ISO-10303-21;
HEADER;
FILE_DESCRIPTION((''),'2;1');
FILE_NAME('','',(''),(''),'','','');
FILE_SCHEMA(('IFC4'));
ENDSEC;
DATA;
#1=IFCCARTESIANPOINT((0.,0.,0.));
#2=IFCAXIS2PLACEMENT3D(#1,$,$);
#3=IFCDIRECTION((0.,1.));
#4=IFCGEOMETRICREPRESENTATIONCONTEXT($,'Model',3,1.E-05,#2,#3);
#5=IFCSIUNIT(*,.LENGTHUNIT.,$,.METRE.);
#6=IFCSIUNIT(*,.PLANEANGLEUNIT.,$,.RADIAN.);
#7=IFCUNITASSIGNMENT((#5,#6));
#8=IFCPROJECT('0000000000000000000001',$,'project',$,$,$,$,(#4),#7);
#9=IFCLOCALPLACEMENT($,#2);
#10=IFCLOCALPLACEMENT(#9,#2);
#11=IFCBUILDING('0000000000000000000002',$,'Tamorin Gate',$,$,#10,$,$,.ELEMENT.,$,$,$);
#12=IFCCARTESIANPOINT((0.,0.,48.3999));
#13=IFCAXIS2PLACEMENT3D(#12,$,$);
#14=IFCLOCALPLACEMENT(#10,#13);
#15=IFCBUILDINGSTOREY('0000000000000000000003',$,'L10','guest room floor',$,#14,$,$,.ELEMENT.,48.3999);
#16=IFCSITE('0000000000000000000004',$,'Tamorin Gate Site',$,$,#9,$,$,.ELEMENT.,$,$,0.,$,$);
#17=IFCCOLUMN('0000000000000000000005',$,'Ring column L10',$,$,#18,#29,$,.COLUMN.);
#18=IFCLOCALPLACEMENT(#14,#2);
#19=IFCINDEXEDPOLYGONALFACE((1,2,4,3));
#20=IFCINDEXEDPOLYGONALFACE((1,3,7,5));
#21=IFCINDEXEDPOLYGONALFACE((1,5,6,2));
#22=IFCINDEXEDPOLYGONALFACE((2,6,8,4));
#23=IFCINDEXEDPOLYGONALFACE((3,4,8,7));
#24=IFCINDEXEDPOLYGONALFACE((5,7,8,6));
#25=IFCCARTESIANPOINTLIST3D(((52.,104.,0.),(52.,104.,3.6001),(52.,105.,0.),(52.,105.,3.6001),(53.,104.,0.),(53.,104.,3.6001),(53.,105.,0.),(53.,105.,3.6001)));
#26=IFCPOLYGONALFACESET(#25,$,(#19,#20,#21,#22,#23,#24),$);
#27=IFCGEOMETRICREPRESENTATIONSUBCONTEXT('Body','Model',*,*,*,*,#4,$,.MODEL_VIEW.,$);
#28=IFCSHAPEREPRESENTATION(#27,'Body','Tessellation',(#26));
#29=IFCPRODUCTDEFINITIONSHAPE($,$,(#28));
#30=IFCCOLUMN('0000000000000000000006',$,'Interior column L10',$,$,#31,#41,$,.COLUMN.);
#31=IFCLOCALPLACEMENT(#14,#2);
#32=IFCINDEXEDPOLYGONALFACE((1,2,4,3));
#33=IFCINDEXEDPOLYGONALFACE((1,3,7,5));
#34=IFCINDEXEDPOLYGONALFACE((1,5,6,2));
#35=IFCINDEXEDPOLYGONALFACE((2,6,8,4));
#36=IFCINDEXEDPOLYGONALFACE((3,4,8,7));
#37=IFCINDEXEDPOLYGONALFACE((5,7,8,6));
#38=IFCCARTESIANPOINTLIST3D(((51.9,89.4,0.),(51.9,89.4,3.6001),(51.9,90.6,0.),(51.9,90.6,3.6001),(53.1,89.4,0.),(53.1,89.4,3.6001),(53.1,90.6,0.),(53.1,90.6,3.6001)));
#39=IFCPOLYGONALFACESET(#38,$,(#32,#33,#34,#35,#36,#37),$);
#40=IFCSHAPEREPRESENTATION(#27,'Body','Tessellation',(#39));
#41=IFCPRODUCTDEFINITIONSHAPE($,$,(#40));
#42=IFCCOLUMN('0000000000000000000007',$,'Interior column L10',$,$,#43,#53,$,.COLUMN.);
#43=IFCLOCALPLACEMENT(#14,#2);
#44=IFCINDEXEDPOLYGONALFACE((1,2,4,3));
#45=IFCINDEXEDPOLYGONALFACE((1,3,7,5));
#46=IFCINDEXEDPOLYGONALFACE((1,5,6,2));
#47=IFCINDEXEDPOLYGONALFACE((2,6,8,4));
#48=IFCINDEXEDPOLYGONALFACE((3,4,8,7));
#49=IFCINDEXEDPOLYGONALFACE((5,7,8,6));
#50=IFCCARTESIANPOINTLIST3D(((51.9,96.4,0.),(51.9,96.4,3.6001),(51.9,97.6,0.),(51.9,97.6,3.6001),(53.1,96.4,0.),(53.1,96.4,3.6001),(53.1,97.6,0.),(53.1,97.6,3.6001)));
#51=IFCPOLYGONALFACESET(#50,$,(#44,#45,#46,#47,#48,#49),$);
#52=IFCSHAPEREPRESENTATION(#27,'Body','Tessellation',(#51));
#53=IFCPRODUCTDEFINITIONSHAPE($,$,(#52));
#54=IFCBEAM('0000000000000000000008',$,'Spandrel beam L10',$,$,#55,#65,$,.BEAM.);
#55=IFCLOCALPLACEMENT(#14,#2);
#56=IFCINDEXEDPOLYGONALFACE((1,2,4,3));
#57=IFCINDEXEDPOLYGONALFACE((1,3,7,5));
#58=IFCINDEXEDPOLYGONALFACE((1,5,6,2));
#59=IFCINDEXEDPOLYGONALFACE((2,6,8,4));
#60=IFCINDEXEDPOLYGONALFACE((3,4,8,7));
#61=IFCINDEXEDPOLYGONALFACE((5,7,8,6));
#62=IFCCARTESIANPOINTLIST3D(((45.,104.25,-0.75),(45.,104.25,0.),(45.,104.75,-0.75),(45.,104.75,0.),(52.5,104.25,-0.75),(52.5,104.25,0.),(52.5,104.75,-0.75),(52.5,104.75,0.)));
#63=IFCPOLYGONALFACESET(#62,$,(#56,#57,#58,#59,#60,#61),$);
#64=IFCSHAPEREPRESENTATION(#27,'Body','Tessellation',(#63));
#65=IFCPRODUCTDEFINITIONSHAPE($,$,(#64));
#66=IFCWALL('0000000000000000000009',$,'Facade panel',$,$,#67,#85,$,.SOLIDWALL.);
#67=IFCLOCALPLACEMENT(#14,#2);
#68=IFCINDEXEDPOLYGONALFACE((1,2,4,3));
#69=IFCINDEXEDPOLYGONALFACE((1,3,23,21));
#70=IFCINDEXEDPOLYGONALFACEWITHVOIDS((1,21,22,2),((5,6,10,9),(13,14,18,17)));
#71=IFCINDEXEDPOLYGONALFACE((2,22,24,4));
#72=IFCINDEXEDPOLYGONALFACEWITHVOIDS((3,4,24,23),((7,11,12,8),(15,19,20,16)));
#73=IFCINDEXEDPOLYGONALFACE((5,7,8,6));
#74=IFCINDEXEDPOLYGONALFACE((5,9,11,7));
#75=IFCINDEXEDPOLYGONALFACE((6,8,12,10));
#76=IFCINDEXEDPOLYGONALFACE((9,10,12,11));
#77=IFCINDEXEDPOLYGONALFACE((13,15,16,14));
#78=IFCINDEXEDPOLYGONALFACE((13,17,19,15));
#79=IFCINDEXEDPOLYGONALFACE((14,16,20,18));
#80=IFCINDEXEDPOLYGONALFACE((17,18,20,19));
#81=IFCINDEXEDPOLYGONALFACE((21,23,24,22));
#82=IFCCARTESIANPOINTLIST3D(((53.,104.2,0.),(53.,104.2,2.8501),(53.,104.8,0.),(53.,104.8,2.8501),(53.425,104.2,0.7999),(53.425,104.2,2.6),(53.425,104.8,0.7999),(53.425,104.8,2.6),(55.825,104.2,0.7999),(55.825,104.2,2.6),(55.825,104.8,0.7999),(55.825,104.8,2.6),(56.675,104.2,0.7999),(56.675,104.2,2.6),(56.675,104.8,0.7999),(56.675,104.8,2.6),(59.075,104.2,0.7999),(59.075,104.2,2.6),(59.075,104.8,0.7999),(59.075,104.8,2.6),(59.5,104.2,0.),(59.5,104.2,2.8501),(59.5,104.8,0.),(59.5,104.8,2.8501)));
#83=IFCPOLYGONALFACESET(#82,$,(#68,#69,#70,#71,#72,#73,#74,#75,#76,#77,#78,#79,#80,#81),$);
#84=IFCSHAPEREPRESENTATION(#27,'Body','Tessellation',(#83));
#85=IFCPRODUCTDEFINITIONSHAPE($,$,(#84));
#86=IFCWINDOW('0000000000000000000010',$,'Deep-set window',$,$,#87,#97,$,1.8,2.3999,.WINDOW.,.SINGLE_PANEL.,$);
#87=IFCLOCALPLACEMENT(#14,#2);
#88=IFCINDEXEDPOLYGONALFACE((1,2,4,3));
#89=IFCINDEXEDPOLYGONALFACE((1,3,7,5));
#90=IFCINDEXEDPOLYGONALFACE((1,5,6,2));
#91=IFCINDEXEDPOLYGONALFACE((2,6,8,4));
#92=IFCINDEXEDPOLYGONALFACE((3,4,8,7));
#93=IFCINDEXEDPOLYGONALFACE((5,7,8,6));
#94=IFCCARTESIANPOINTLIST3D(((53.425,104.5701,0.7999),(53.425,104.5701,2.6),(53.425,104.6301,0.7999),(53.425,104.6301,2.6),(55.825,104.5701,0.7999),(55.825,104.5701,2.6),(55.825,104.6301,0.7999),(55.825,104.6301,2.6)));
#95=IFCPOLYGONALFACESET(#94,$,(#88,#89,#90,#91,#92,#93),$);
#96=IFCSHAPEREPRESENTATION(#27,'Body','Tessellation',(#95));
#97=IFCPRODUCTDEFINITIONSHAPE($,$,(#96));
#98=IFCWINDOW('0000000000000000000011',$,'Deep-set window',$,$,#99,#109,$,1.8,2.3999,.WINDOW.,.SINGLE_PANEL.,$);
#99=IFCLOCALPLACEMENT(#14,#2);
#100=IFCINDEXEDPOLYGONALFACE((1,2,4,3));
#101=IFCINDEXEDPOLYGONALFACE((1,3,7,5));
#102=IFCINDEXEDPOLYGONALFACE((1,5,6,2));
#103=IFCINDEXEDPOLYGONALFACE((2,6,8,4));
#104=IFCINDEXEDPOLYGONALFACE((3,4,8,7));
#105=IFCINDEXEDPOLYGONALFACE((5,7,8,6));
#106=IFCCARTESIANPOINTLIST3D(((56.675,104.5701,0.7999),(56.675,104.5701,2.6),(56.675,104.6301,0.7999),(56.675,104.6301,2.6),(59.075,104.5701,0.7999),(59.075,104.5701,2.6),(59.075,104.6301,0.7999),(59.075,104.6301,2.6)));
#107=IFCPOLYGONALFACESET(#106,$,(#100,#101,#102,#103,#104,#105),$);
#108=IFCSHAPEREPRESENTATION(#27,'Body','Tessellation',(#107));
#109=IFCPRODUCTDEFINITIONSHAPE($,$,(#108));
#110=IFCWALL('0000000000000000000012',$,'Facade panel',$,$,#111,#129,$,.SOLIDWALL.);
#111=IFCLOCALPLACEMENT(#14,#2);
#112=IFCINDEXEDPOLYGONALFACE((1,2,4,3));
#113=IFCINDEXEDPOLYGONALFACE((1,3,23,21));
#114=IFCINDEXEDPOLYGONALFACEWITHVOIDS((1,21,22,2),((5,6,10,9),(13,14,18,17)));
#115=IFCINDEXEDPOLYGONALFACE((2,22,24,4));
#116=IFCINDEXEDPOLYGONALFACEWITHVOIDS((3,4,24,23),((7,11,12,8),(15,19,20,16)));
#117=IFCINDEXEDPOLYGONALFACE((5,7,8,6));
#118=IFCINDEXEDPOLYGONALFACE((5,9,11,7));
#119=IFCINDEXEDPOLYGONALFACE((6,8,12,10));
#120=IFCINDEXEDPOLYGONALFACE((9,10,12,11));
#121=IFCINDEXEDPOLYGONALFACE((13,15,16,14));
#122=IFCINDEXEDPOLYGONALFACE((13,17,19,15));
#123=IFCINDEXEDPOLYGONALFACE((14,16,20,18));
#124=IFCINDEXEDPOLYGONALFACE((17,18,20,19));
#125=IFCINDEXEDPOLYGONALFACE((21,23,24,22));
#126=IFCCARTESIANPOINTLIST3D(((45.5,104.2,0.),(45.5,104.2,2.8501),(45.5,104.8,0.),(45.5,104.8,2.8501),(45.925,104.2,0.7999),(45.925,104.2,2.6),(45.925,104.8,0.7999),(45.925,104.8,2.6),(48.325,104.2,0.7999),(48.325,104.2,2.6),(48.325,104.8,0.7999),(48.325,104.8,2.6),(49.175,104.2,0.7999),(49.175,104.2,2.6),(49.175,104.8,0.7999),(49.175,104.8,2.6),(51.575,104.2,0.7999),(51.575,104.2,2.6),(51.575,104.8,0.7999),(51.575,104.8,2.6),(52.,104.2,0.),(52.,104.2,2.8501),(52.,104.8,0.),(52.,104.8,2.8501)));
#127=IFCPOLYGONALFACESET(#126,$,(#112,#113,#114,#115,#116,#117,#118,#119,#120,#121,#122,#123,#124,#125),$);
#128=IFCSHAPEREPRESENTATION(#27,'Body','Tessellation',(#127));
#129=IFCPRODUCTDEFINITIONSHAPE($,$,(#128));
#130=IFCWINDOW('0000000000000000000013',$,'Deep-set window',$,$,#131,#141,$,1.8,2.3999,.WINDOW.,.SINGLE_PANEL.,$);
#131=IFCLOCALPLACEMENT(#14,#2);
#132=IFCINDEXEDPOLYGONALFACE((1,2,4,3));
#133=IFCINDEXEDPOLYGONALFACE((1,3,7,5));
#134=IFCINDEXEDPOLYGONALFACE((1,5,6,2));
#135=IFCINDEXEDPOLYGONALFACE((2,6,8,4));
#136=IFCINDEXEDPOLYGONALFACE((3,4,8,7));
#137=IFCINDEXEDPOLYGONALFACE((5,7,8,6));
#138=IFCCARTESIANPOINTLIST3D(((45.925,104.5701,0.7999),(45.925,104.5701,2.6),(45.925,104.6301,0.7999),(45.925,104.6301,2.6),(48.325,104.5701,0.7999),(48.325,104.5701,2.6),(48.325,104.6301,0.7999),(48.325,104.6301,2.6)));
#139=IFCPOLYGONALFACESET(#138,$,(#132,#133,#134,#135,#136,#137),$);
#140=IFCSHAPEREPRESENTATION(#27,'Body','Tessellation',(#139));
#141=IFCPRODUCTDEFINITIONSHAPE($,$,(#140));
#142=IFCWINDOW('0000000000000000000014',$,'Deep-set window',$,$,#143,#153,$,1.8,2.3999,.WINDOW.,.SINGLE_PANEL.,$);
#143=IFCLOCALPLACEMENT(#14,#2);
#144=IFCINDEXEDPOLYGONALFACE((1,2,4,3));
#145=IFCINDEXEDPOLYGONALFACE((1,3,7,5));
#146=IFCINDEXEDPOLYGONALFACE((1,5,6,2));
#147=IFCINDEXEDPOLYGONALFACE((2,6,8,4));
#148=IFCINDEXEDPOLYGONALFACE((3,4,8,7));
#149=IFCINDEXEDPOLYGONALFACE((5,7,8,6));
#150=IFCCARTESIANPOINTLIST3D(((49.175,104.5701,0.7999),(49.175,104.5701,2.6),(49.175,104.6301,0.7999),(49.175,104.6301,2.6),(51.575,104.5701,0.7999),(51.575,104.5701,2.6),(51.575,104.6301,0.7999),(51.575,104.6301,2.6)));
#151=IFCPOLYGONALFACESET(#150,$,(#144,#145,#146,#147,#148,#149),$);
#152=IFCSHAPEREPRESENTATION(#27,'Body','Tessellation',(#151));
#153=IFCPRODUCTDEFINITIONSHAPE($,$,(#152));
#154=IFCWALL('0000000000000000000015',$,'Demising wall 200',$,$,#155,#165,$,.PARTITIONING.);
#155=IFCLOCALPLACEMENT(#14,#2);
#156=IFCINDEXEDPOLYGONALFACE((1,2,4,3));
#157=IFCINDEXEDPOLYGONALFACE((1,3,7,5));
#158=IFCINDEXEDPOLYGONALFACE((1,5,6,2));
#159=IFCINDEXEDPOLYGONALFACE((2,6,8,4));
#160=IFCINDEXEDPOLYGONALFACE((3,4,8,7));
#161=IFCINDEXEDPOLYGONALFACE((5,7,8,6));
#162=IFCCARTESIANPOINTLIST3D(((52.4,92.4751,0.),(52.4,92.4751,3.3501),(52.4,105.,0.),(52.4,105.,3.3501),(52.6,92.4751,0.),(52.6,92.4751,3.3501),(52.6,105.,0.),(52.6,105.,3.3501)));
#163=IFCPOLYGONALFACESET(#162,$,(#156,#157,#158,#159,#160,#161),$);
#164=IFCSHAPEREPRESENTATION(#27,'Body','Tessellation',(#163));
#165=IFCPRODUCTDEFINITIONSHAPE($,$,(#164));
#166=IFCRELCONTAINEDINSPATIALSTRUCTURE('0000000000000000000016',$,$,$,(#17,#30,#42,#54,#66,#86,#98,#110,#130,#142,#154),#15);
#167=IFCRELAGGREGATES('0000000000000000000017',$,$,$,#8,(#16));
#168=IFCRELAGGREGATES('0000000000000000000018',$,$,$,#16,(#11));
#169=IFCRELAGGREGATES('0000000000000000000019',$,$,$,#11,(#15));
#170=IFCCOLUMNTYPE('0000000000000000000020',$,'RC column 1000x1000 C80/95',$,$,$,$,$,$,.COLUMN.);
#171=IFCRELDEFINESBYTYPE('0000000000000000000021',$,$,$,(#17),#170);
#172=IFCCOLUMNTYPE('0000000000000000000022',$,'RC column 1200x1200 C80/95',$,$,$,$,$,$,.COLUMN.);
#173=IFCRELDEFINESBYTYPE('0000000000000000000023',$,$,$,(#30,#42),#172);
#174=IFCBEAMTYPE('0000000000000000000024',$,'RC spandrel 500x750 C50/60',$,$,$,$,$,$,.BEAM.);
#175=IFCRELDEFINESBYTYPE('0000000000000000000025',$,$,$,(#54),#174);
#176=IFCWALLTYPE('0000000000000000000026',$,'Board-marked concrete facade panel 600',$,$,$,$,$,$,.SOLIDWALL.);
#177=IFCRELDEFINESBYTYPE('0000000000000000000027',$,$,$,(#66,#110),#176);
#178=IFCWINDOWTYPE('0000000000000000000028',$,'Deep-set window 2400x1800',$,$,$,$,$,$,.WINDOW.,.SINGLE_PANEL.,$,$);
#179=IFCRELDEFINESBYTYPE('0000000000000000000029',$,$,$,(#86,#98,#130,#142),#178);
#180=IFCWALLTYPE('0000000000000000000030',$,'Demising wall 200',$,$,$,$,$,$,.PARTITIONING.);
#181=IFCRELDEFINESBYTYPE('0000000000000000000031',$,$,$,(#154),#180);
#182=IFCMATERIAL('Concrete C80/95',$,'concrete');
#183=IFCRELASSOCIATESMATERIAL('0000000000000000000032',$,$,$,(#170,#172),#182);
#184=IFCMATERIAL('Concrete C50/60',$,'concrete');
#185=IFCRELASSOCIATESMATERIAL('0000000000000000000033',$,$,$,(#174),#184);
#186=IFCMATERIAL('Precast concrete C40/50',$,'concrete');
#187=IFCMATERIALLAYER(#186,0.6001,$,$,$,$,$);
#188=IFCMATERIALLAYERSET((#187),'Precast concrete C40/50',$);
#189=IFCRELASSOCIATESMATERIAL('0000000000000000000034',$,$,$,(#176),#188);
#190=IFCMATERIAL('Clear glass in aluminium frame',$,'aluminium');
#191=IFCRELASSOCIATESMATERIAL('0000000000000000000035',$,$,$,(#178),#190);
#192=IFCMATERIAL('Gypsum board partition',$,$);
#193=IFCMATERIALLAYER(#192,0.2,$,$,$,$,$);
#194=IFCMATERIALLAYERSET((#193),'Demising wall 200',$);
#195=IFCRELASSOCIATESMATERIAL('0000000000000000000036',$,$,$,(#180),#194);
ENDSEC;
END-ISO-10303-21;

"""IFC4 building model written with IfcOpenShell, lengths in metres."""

from ifc_helpers import new_model, si_unit, direction, frame, frame_2d, origin, origin_2d, place, context, subcontext, project, spatial, rectangle, extrude, material, layer, layer_set, material_profile, profile_set, type_object, element, fill, save


model = new_model("IFC4")

# Units and contexts
model_context = context("Model", 3, precision=1e-05, world=origin(), true_north=direction((0.0, 1.0)))
body_context = subcontext(model_context, "Body", "Model", "MODEL_VIEW")
ifc_project = project(units=[si_unit("LENGTHUNIT", "METRE"), si_unit("PLANEANGLEUNIT", "RADIAN")], contexts=[model_context])

# Site, building, storey
site_placement = place(None, origin())
site = spatial("IfcSite", under=ifc_project, at=site_placement, Name="Tamorin Gate Site", CompositionType="ELEMENT", RefElevation=0.0)
building_placement = place(site_placement, origin())
building = spatial("IfcBuilding", under=site, at=building_placement, Name="Tamorin Gate", CompositionType="ELEMENT")
storey_placement = place(building_placement, frame((0.0, 0.0, 48.3999)))
storey = spatial("IfcBuildingStorey", under=building, at=storey_placement, Name="L10", Description="guest room floor", CompositionType="ELEMENT", Elevation=48.3999)

# Columns
ifc_material_1 = material(Name="Concrete C80/95", Category="concrete")
ifc_material_profile_1 = material_profile(ifc_material_1, rectangle(XDim=1.0, YDim=1.0, at=origin_2d()), Name="RC 1000x1000")
ifc_profile_set_1 = profile_set([ifc_material_profile_1], Name="Concrete C80/95")
column_type_1 = type_object("IfcColumnType", Name="RC column 1000x1000 C80/95", PredefinedType="COLUMN", material=ifc_profile_set_1)
column_placement = place(storey_placement, frame((52.5, 104.5, 0.0), z_axis=(0.0, 0.0, 1.0), x_axis=(1.0, 0.0, 0.0)))
element("IfcColumn", 1, at=column_placement, inside=storey, type_object=column_type_1, Name="Ring column L10", PredefinedType="COLUMN", context=body_context, shape_type="SweptSolid", body=[
    extrude(rectangle(XDim=1.0, YDim=1.0, at=origin_2d()), origin(), (0.0, 0.0, 1.0), 3.6001),
])
ifc_material_profile_2 = material_profile(ifc_material_1, rectangle(XDim=1.2, YDim=1.2, at=origin_2d()), Name="RC 1200x1200")
ifc_profile_set_2 = profile_set([ifc_material_profile_2], Name="Concrete C80/95")
column_type_2 = type_object("IfcColumnType", Name="RC column 1200x1200 C80/95", PredefinedType="COLUMN", material=ifc_profile_set_2)
for number, where, z_axis, x_axis, name in (
    (2, (52.5, 90.0, 0.0), (0.0, 0.0, 1.0), (1.0, 0.0, 0.0), "Interior column L10"),
    (3, (52.5, 97.0, 0.0), (0.0, 0.0, 1.0), (1.0, 0.0, 0.0), "Interior column L10"),
):
    element("IfcColumn", number, at=place(storey_placement, frame(where, z_axis=z_axis, x_axis=x_axis)), inside=storey, type_object=column_type_2, Name=name, PredefinedType="COLUMN", context=body_context, shape_type="SweptSolid", body=[
        extrude(rectangle(XDim=1.2, YDim=1.2, at=origin_2d()), origin(), (0.0, 0.0, 1.0), 3.6001),
    ])

# Beam
ifc_material_2 = material(Name="Concrete C50/60", Category="concrete")
ifc_material_profile_3 = material_profile(ifc_material_2, rectangle(XDim=0.5, YDim=0.75, at=origin_2d()), Name="RC 500x750")
ifc_profile_set_3 = profile_set([ifc_material_profile_3], Name="Concrete C50/60")
beam_type = type_object("IfcBeamType", Name="RC spandrel 500x750 C50/60", PredefinedType="BEAM", material=ifc_profile_set_3)
beam_placement = place(storey_placement, frame((52.5, 104.5, -0.375), z_axis=(-1.0, 0.0, 0.0), x_axis=(0.0, -1.0, 0.0)))
element("IfcBeam", 4, at=beam_placement, inside=storey, type_object=beam_type, Name="Spandrel beam L10", PredefinedType="BEAM", context=body_context, shape_type="SweptSolid", body=[
    extrude(rectangle(XDim=0.5, YDim=0.75, at=origin_2d()), origin(), (0.0, 0.0, 1.0), 7.5),
])

# Walls, openings, windows
ifc_material_3 = material(Name="Precast concrete C40/50", Category="concrete")
ifc_layer_1 = layer(ifc_material_3, 0.6001)
ifc_layer_set_1 = layer_set([ifc_layer_1], Name="Precast concrete C40/50")
wall_type_1 = type_object("IfcWallType", Name="Board-marked concrete facade panel 600", PredefinedType="SOLIDWALL", material=ifc_layer_set_1)
wall_1_placement = place(storey_placement, frame((59.5, 104.5, 0.0), z_axis=(0.0, 0.0, 1.0), x_axis=(-1.0, 0.0, 0.0)))
wall_1 = element("IfcWall", 5, at=wall_1_placement, inside=storey, type_object=wall_type_1, Name="Facade panel", PredefinedType="SOLIDWALL", context=body_context, shape_type="SweptSolid", body=[
    extrude(rectangle(XDim=6.5, YDim=0.6001, at=frame_2d((3.25, 0.0))), origin(), (0.0, 0.0, 1.0), 2.8501),
])
opening_1_placement = place(wall_1_placement, frame((3.675, 0.0, 0.8)))
opening_1 = element("IfcOpeningElement", 6, at=opening_1_placement, cuts=wall_1, PredefinedType="OPENING", context=body_context, shape_type="SweptSolid", body=[
    extrude(rectangle(XDim=2.3999, YDim=1.8, at=frame_2d((1.2, 0.8999))), frame((0.0, 0.3101, 0.0), z_axis=(0.0, -1.0, 0.0), x_axis=(1.0, 0.0, 0.0)), (0.0, 0.0, 1.0), 0.6201),
])
opening_2_placement = place(wall_1_placement, frame((0.425, 0.0, 0.8)))
opening_2 = element("IfcOpeningElement", 7, at=opening_2_placement, cuts=wall_1, PredefinedType="OPENING", context=body_context, shape_type="SweptSolid", body=[
    extrude(rectangle(XDim=2.3999, YDim=1.8, at=frame_2d((1.2, 0.8999))), frame((0.0, 0.3101, 0.0), z_axis=(0.0, -1.0, 0.0), x_axis=(1.0, 0.0, 0.0)), (0.0, 0.0, 1.0), 0.6201),
])
ifc_material_4 = material(Name="Clear glass in aluminium frame", Category="aluminium")
window_type = type_object("IfcWindowType", Name="Deep-set window 2400x1800", PartitioningType="SINGLE_PANEL", PredefinedType="WINDOW", material=ifc_material_4)
window_1_placement = place(opening_1_placement, origin())
window_1 = element("IfcWindow", 8, at=window_1_placement, inside=storey, type_object=window_type, Name="Deep-set window", OverallHeight=1.8, OverallWidth=2.3999, PartitioningType="SINGLE_PANEL", PredefinedType="WINDOW", context=body_context, shape_type="SweptSolid", body=[
    extrude(rectangle(XDim=2.3999, YDim=1.8, at=frame_2d((1.2, 0.8999))), frame((0.0, -0.0701, 0.0), z_axis=(0.0, -1.0, 0.0), x_axis=(1.0, 0.0, 0.0)), (0.0, 0.0, 1.0), 0.0601),
])
fill(opening_1, window_1)
window_2_placement = place(opening_2_placement, origin())
window_2 = element("IfcWindow", 9, at=window_2_placement, inside=storey, type_object=window_type, Name="Deep-set window", OverallHeight=1.8, OverallWidth=2.3999, PartitioningType="SINGLE_PANEL", PredefinedType="WINDOW", context=body_context, shape_type="SweptSolid", body=[
    extrude(rectangle(XDim=2.3999, YDim=1.8, at=frame_2d((1.2, 0.8999))), frame((0.0, -0.0701, 0.0), z_axis=(0.0, -1.0, 0.0), x_axis=(1.0, 0.0, 0.0)), (0.0, 0.0, 1.0), 0.0601),
])
fill(opening_2, window_2)
wall_2_placement = place(storey_placement, frame((52.0, 104.5, 0.0), z_axis=(0.0, 0.0, 1.0), x_axis=(-1.0, 0.0, 0.0)))
wall_2 = element("IfcWall", 10, at=wall_2_placement, inside=storey, type_object=wall_type_1, Name="Facade panel", PredefinedType="SOLIDWALL", context=body_context, shape_type="SweptSolid", body=[
    extrude(rectangle(XDim=6.5, YDim=0.6001, at=frame_2d((3.25, 0.0))), origin(), (0.0, 0.0, 1.0), 2.8501),
])
opening_3_placement = place(wall_2_placement, frame((3.675, 0.0, 0.8)))
opening_3 = element("IfcOpeningElement", 11, at=opening_3_placement, cuts=wall_2, PredefinedType="OPENING", context=body_context, shape_type="SweptSolid", body=[
    extrude(rectangle(XDim=2.3999, YDim=1.8, at=frame_2d((1.2, 0.8999))), frame((0.0, 0.3101, 0.0), z_axis=(0.0, -1.0, 0.0), x_axis=(1.0, 0.0, 0.0)), (0.0, 0.0, 1.0), 0.6201),
])
opening_4_placement = place(wall_2_placement, frame((0.425, 0.0, 0.8)))
opening_4 = element("IfcOpeningElement", 12, at=opening_4_placement, cuts=wall_2, PredefinedType="OPENING", context=body_context, shape_type="SweptSolid", body=[
    extrude(rectangle(XDim=2.3999, YDim=1.8, at=frame_2d((1.2, 0.8999))), frame((0.0, 0.3101, 0.0), z_axis=(0.0, -1.0, 0.0), x_axis=(1.0, 0.0, 0.0)), (0.0, 0.0, 1.0), 0.6201),
])
window_3_placement = place(opening_3_placement, origin())
window_3 = element("IfcWindow", 13, at=window_3_placement, inside=storey, type_object=window_type, Name="Deep-set window", OverallHeight=1.8, OverallWidth=2.3999, PartitioningType="SINGLE_PANEL", PredefinedType="WINDOW", context=body_context, shape_type="SweptSolid", body=[
    extrude(rectangle(XDim=2.3999, YDim=1.8, at=frame_2d((1.2, 0.8999))), frame((0.0, -0.0701, 0.0), z_axis=(0.0, -1.0, 0.0), x_axis=(1.0, 0.0, 0.0)), (0.0, 0.0, 1.0), 0.0601),
])
fill(opening_3, window_3)
window_4_placement = place(opening_4_placement, origin())
window_4 = element("IfcWindow", 14, at=window_4_placement, inside=storey, type_object=window_type, Name="Deep-set window", OverallHeight=1.8, OverallWidth=2.3999, PartitioningType="SINGLE_PANEL", PredefinedType="WINDOW", context=body_context, shape_type="SweptSolid", body=[
    extrude(rectangle(XDim=2.3999, YDim=1.8, at=frame_2d((1.2, 0.8999))), frame((0.0, -0.0701, 0.0), z_axis=(0.0, -1.0, 0.0), x_axis=(1.0, 0.0, 0.0)), (0.0, 0.0, 1.0), 0.0601),
])
fill(opening_4, window_4)

# Wall
ifc_material_5 = material(Name="Gypsum board partition")
ifc_layer_2 = layer(ifc_material_5, 0.2)
ifc_layer_set_2 = layer_set([ifc_layer_2], Name="Demising wall 200")
wall_type_2 = type_object("IfcWallType", Name="Demising wall 200", PredefinedType="PARTITIONING", material=ifc_layer_set_2)
wall_3_placement = place(storey_placement, frame((52.5, 92.4751, 0.0), z_axis=(0.0, 0.0, 1.0), x_axis=(0.0, 1.0, 0.0)))
element("IfcWall", 15, at=wall_3_placement, inside=storey, type_object=wall_type_2, Name="Demising wall 200", PredefinedType="PARTITIONING", context=body_context, shape_type="SweptSolid", body=[
    extrude(rectangle(XDim=12.5249, YDim=0.2, at=frame_2d((6.2625, 0.0))), origin(), (0.0, 0.0, 1.0), 3.3501),
])

save(model, "model.ifc")
